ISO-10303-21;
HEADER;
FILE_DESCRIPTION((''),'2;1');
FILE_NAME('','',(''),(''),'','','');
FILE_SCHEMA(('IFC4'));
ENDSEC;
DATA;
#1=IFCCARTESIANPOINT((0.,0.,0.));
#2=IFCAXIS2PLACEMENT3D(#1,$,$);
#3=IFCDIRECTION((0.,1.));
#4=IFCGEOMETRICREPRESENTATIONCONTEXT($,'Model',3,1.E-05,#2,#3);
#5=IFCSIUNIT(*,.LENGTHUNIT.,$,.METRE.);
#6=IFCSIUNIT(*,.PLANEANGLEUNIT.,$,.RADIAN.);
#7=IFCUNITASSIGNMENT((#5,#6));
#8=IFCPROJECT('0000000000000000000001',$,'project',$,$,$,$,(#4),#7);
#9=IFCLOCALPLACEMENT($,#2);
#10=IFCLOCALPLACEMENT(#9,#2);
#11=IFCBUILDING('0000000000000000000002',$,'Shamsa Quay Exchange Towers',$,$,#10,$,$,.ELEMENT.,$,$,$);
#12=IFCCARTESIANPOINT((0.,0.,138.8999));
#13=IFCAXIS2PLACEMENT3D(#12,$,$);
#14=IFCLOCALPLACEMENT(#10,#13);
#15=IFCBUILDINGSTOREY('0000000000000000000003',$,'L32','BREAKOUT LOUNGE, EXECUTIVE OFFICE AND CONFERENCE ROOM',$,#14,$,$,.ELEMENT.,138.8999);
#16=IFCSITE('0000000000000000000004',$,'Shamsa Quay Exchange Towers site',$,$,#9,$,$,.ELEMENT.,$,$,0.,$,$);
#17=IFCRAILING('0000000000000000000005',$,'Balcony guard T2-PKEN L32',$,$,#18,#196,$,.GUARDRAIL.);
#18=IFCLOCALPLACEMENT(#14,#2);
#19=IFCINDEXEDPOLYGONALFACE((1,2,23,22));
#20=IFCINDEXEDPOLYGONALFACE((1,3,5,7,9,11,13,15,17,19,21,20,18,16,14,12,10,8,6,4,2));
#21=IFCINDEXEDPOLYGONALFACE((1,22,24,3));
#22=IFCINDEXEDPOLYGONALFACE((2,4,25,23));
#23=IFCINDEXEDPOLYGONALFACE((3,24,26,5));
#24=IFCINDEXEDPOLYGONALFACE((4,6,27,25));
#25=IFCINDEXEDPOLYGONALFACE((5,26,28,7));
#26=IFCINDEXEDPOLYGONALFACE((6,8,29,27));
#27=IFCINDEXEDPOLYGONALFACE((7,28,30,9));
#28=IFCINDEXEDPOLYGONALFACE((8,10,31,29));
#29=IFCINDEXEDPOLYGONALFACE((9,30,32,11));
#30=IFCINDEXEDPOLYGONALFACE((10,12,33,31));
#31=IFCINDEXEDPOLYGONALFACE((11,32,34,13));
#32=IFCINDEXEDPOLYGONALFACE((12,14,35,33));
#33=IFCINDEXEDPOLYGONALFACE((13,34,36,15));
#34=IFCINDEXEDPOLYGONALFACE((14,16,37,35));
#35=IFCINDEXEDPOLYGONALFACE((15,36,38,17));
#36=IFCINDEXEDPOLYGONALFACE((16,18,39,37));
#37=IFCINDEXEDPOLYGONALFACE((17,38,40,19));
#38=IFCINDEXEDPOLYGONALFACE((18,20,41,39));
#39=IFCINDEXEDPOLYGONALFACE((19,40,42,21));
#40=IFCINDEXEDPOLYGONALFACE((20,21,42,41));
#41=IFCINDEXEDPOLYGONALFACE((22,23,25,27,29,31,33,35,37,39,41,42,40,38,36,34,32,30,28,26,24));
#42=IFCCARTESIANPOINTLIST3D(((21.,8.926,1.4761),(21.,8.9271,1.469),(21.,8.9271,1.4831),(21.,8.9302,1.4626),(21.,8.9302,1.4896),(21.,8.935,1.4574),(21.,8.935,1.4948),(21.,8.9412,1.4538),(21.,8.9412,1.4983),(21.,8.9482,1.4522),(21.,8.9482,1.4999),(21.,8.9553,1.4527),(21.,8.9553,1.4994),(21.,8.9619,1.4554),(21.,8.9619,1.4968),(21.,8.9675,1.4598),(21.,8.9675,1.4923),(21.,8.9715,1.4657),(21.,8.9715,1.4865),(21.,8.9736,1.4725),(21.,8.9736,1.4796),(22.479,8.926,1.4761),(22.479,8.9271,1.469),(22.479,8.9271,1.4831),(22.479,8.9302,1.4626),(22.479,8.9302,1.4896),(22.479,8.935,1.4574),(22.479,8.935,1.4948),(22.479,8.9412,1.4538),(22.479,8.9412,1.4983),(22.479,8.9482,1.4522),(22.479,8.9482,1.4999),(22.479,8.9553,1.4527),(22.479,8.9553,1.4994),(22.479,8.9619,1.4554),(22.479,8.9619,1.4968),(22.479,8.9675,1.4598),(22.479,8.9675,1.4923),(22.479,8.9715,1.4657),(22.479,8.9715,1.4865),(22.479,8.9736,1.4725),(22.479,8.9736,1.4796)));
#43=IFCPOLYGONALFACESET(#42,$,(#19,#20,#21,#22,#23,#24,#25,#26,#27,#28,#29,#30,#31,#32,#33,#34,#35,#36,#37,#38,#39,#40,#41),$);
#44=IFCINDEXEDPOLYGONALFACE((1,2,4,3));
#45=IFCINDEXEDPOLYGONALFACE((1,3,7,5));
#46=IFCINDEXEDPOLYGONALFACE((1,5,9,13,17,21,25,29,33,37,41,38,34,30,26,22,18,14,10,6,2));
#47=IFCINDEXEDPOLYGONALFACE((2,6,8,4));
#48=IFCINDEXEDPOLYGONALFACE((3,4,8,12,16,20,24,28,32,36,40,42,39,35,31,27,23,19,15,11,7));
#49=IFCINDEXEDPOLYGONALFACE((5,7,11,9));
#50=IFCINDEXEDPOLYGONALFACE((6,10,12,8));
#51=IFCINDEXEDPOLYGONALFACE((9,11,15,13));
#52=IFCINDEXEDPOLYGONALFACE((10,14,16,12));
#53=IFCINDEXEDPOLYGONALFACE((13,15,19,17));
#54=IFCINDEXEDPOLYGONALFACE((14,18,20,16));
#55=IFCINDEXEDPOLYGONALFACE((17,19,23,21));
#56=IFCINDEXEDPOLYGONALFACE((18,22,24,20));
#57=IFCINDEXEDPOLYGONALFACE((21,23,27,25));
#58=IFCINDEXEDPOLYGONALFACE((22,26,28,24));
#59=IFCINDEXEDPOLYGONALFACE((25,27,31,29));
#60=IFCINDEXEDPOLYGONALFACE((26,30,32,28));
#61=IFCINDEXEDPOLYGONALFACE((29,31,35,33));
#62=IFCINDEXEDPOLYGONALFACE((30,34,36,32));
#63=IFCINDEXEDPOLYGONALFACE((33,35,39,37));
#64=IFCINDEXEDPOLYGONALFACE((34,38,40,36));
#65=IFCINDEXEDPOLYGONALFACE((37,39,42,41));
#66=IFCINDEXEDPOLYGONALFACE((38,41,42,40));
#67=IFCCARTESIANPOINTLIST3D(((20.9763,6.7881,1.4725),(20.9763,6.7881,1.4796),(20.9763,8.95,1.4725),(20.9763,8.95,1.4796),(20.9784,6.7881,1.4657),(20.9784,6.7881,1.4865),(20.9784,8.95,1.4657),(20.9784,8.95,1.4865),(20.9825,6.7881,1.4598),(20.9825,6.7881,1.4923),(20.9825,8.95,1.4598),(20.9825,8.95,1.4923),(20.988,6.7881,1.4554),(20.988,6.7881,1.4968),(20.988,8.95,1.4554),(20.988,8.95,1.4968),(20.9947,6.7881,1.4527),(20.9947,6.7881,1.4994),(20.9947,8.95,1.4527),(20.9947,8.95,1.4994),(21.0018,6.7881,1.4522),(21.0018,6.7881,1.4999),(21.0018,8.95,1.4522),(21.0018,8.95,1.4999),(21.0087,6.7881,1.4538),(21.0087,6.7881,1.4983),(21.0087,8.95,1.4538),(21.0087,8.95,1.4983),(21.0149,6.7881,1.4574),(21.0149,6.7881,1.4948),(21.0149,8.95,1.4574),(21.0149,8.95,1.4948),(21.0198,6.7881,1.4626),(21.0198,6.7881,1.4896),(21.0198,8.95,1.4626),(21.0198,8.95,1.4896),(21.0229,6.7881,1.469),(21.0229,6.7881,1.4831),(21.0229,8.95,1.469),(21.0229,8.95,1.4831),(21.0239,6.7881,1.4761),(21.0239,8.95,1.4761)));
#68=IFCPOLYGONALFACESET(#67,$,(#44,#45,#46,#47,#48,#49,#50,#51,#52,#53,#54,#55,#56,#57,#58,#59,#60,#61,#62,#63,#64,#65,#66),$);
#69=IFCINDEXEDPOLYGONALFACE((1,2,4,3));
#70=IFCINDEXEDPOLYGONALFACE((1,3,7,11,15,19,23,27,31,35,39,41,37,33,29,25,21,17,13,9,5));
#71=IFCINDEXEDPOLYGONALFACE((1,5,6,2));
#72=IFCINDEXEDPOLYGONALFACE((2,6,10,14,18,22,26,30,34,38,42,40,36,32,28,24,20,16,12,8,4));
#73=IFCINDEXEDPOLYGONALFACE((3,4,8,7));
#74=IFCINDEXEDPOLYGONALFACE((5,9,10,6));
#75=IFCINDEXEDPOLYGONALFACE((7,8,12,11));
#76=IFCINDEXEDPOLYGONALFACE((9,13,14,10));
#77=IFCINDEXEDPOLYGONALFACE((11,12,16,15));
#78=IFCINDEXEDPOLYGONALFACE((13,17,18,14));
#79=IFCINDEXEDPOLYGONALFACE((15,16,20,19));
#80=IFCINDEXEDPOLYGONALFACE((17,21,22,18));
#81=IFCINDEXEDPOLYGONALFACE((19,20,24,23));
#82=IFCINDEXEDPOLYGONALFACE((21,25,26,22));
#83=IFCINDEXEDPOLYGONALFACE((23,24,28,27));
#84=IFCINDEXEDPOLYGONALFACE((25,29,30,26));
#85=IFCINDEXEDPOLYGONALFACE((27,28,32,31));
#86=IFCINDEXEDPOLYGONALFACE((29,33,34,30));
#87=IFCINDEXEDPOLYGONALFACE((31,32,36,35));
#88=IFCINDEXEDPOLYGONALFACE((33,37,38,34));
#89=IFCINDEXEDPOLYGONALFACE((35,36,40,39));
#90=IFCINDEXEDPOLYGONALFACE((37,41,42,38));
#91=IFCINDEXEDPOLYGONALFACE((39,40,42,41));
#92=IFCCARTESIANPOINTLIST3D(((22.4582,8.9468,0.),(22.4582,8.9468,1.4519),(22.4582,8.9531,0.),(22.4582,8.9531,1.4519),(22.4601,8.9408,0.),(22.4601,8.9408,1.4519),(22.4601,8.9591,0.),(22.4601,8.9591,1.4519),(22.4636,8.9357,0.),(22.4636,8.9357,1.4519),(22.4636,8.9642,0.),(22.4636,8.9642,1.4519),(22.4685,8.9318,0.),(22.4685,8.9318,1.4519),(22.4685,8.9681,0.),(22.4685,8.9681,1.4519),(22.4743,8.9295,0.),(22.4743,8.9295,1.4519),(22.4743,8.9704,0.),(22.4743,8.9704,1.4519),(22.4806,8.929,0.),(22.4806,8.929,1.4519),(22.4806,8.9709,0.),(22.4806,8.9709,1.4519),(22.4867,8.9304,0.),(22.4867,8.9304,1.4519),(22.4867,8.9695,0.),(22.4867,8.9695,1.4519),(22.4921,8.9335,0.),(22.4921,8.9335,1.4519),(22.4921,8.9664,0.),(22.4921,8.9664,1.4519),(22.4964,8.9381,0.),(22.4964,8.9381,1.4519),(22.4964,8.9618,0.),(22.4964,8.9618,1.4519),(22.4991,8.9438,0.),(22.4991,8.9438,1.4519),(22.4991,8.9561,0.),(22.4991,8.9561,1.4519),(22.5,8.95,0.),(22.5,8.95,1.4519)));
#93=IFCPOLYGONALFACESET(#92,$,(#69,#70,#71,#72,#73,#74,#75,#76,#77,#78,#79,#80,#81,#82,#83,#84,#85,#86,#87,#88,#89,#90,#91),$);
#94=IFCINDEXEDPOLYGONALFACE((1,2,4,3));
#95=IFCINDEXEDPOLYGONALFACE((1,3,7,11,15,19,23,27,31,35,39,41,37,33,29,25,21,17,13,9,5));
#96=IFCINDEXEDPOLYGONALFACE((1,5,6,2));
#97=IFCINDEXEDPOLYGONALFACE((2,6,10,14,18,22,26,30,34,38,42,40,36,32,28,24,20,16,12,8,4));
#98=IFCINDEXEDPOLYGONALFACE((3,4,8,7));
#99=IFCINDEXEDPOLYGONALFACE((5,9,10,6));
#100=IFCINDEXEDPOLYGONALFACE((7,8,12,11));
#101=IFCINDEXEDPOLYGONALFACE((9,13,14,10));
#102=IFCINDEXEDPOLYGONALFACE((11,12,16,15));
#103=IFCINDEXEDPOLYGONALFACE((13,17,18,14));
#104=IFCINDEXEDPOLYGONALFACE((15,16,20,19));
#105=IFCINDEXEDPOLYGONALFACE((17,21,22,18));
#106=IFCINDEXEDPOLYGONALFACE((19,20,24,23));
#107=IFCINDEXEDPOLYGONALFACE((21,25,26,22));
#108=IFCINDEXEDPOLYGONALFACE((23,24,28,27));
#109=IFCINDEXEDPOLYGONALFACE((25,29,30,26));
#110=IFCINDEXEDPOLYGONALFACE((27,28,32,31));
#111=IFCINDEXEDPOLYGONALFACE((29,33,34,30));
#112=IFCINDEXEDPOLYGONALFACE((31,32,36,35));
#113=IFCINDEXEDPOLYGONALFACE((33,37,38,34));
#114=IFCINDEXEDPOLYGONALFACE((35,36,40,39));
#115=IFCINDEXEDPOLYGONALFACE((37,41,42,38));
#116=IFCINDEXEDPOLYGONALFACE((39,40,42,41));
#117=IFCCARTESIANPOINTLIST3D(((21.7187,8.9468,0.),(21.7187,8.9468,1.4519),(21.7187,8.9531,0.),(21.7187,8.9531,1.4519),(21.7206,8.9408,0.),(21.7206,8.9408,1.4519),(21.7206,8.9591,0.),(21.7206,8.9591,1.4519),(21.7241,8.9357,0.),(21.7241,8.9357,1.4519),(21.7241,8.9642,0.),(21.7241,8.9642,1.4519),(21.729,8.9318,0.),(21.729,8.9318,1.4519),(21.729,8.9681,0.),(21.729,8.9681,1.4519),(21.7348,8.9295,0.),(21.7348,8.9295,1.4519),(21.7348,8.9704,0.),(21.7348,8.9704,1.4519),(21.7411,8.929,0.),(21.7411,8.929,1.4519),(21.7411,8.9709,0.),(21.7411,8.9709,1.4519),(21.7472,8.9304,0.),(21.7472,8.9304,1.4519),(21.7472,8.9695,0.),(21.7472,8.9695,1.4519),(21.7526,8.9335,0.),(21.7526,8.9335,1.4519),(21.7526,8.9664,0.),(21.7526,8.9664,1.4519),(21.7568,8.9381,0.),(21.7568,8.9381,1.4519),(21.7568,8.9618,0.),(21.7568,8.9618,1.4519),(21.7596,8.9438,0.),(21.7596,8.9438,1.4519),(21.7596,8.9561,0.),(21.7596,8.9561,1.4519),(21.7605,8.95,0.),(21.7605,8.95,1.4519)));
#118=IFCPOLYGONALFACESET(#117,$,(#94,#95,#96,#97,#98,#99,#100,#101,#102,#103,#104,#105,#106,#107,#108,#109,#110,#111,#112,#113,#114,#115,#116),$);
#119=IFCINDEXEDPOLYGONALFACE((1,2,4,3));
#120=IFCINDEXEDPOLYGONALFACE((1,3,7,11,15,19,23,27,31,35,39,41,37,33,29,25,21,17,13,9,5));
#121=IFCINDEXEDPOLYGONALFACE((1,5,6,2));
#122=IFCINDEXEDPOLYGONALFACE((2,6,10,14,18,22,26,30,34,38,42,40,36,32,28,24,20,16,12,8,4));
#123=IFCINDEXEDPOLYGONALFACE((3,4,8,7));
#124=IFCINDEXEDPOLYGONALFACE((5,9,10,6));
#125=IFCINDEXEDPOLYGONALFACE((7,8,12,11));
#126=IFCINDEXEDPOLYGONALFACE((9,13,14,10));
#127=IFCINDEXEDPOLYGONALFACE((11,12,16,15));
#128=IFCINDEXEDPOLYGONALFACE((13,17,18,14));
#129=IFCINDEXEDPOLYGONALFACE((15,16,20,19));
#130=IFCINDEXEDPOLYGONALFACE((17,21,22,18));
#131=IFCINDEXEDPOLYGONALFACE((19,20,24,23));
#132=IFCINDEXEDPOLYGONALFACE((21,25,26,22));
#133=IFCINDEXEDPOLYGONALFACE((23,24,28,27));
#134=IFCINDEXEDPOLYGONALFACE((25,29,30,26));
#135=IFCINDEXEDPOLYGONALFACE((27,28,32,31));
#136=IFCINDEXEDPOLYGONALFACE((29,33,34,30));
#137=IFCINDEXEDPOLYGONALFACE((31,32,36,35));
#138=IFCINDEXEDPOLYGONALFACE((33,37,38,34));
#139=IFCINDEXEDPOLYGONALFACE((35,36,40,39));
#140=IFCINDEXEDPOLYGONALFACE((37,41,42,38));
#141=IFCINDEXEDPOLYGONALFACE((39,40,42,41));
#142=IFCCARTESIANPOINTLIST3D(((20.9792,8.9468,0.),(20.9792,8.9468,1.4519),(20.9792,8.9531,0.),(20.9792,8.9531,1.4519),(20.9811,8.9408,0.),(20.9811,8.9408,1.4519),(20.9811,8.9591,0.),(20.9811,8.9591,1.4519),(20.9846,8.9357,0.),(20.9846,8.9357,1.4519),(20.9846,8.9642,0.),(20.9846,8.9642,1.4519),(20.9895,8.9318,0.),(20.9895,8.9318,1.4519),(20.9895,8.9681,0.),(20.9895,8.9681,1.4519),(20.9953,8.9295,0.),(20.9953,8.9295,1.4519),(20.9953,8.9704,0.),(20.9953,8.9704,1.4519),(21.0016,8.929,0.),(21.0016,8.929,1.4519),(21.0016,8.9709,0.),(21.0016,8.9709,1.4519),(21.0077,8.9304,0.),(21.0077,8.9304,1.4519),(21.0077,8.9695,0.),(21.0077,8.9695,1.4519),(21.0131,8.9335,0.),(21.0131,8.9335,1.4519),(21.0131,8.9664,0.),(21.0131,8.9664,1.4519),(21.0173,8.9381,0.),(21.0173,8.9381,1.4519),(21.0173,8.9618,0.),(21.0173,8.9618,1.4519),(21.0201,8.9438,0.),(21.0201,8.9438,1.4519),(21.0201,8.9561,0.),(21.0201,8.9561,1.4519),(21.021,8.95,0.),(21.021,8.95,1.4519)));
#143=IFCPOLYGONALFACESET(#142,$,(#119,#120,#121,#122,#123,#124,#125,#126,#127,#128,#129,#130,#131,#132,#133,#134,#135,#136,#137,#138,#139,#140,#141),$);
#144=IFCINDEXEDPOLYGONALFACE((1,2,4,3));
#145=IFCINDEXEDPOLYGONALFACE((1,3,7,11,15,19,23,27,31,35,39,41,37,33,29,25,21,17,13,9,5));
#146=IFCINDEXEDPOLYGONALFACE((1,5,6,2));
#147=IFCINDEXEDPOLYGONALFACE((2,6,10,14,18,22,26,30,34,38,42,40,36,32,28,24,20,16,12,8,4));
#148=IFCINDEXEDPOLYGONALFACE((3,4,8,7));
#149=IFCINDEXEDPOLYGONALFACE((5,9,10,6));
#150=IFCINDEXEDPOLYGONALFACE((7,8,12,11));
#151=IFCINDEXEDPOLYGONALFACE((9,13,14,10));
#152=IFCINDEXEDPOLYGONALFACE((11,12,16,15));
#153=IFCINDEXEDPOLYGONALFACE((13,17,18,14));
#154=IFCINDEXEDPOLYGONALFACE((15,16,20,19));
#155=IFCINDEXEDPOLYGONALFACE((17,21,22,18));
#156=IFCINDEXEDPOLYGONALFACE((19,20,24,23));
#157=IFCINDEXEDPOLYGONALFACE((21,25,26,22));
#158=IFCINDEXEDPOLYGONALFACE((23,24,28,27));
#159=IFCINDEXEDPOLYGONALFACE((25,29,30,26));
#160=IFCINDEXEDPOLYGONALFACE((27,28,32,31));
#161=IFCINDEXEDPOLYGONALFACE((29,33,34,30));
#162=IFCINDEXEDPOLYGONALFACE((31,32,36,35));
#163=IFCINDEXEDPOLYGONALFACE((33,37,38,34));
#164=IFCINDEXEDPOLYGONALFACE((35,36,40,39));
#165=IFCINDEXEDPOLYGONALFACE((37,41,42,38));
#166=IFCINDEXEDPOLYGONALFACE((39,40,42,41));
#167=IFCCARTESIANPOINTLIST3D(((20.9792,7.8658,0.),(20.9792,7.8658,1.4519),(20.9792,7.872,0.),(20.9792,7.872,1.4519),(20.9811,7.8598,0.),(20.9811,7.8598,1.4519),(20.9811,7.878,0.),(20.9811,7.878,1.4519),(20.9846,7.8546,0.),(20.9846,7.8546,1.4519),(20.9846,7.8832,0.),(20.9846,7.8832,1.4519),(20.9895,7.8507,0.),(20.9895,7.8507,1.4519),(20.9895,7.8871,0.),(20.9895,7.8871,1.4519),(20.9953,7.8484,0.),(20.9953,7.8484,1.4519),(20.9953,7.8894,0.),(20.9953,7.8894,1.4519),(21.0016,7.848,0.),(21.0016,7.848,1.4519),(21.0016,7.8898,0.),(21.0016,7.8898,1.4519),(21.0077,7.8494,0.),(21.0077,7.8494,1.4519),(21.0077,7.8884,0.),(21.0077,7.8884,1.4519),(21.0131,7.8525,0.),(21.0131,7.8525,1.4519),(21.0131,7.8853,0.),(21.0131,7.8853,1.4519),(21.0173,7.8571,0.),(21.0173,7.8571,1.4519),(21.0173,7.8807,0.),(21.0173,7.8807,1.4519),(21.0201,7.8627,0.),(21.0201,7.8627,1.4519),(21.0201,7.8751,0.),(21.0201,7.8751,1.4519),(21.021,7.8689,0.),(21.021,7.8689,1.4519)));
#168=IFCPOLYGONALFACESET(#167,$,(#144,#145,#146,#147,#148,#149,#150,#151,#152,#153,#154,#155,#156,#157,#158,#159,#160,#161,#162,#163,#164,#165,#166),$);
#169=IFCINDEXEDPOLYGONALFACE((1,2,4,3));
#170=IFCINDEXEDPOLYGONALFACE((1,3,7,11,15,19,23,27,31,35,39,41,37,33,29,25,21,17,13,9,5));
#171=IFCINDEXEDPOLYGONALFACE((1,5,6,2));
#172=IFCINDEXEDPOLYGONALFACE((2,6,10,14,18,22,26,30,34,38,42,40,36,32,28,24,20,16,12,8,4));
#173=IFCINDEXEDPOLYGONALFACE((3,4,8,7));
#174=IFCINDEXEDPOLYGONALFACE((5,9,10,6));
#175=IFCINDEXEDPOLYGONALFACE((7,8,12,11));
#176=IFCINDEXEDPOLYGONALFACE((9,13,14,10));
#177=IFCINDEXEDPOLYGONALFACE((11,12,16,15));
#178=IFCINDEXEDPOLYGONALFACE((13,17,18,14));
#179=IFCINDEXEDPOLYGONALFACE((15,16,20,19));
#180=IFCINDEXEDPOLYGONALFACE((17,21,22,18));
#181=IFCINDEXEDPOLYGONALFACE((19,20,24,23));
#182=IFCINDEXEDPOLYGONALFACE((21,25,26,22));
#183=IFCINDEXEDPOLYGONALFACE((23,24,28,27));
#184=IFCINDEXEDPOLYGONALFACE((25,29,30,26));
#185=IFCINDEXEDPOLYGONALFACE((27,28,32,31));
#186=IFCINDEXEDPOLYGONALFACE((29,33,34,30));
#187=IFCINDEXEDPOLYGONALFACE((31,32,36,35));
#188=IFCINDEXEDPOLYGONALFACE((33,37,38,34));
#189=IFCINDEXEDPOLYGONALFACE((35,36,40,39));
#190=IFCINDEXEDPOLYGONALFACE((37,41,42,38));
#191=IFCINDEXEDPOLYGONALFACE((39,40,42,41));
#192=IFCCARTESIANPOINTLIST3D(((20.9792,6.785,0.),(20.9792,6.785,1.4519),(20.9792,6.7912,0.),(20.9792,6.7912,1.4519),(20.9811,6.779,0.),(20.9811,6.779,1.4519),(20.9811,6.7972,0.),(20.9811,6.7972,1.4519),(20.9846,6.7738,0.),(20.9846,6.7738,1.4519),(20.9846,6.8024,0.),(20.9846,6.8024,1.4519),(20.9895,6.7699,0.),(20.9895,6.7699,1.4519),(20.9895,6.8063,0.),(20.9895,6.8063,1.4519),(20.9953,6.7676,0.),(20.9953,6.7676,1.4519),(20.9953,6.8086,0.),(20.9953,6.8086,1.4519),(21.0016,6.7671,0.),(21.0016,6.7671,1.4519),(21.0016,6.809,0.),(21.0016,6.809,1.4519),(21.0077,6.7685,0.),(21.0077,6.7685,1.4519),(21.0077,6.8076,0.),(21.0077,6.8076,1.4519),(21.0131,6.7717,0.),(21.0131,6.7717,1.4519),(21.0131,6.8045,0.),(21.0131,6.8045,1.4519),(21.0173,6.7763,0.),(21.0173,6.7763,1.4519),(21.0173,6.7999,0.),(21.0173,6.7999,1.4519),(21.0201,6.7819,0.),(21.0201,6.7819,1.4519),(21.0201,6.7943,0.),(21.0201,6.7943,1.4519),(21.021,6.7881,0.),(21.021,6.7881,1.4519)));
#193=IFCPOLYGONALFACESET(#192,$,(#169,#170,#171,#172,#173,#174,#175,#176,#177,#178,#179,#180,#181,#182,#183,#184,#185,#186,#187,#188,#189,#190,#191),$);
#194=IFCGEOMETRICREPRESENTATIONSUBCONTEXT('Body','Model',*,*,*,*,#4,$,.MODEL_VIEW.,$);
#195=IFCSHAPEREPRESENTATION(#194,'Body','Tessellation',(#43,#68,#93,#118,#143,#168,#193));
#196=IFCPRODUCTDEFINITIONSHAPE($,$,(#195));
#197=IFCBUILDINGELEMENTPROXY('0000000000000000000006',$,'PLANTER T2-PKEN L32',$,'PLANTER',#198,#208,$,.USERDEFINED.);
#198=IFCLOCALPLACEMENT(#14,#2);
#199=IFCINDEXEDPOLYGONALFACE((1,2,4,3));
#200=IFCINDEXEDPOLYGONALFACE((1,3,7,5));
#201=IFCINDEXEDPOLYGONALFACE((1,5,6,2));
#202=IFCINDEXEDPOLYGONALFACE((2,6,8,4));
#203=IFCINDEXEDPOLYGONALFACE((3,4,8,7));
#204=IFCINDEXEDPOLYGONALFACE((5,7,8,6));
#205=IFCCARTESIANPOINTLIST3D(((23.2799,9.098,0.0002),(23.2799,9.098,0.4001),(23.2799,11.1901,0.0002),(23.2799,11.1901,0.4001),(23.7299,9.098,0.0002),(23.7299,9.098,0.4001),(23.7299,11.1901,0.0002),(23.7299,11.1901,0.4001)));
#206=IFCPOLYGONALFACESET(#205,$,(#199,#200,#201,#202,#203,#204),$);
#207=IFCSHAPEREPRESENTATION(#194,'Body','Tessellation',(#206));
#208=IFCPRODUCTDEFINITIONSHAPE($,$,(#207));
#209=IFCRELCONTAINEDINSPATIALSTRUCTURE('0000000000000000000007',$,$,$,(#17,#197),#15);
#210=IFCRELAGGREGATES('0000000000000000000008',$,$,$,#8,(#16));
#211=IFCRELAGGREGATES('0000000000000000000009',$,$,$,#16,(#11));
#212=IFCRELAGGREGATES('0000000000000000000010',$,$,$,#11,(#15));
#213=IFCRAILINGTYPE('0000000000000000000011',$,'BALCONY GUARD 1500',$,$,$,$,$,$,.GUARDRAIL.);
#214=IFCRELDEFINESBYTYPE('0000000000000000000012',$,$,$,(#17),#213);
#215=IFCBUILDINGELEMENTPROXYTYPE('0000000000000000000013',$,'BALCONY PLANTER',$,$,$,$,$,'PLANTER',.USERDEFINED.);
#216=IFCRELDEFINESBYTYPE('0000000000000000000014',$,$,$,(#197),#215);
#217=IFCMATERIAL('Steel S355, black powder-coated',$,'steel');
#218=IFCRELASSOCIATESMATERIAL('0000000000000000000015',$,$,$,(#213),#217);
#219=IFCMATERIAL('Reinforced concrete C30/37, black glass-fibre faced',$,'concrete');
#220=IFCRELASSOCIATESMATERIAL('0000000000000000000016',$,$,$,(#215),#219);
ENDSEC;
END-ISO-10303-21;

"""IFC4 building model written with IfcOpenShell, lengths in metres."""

from ifc_helpers import new_model, si_unit, direction, frame, origin, origin_2d, place, context, subcontext, project, spatial, rectangle, circle, extrude, material, type_object, element, save


model = new_model("IFC4")

# Units and contexts
model_context = context("Model", 3, precision=1e-05, world=origin(), true_north=direction((0.0, 1.0)))
body_context = subcontext(model_context, "Body", "Model", "MODEL_VIEW")
ifc_project = project(units=[si_unit("LENGTHUNIT", "METRE"), si_unit("PLANEANGLEUNIT", "RADIAN")], contexts=[model_context])

# Site, building, storey
site_placement = place(None, origin())
site = spatial("IfcSite", under=ifc_project, at=site_placement, Name="Shamsa Quay Exchange Towers site", CompositionType="ELEMENT", RefElevation=0.0)
building_placement = place(site_placement, origin())
building = spatial("IfcBuilding", under=site, at=building_placement, Name="Shamsa Quay Exchange Towers", CompositionType="ELEMENT")
storey_placement = place(building_placement, frame((0.0, 0.0, 138.8999)))
storey = spatial("IfcBuildingStorey", under=building, at=storey_placement, Name="L32", Description="BREAKOUT LOUNGE, EXECUTIVE OFFICE AND CONFERENCE ROOM", CompositionType="ELEMENT", Elevation=138.8999)

# Railing
ifc_material_1 = material(Name="Steel S355, black powder-coated", Category="steel")
railing_type = type_object("IfcRailingType", Name="BALCONY GUARD 1500", PredefinedType="GUARDRAIL", material=ifc_material_1)
railing_placement = place(storey_placement, frame((22.479, 8.95, 0.0)))
element("IfcRailing", 1, at=railing_placement, inside=storey, type_object=railing_type, Name="Balcony guard T2-PKEN L32", PredefinedType="GUARDRAIL", context=body_context, shape_type="SweptSolid", body=[
    extrude(circle(Radius=0.0239, at=origin_2d()), frame((0.0, 0.0, 1.4761), z_axis=(-1.0, 0.0, 0.0), x_axis=(0.0, -1.0, 0.0)), (0.0, 0.0, 1.0), 1.479),
    extrude(circle(Radius=0.0239, at=origin_2d()), frame((-1.479, 0.0, 1.4761), z_axis=(0.0, -1.0, 0.0), x_axis=(1.0, 0.0, 0.0)), (0.0, 0.0, 1.0), 2.1619),
    extrude(circle(Radius=0.021, at=origin_2d()), origin(), (0.0, 0.0, 1.0), 1.4519),
    extrude(circle(Radius=0.021, at=origin_2d()), frame((-0.7395, 0.0, 0.0)), (0.0, 0.0, 1.0), 1.4519),
    extrude(circle(Radius=0.021, at=origin_2d()), frame((-1.479, 0.0, 0.0)), (0.0, 0.0, 1.0), 1.4519),
    extrude(circle(Radius=0.021, at=origin_2d()), frame((-1.479, -1.0811, 0.0)), (0.0, 0.0, 1.0), 1.4519),
    extrude(circle(Radius=0.021, at=origin_2d()), frame((-1.479, -2.1619, 0.0)), (0.0, 0.0, 1.0), 1.4519),
])

# Building element proxy
ifc_material_2 = material(Name="Reinforced concrete C30/37, black glass-fibre faced", Category="concrete")
building_element_proxy_type = type_object("IfcBuildingElementProxyType", Name="BALCONY PLANTER", ElementType="PLANTER", PredefinedType="USERDEFINED", material=ifc_material_2)
for number, where, z_axis, x_axis, name in (
    (2, (23.5049, 10.144, 0.0002), (0.0, 0.0, 1.0), (0.0, -1.0, 0.0), "PLANTER T2-PKEN L32"),
):
    element("IfcBuildingElementProxy", number, at=place(storey_placement, frame(where, z_axis=z_axis, x_axis=x_axis)), inside=storey, type_object=building_element_proxy_type, Name=name, ObjectType="PLANTER", PredefinedType="USERDEFINED", context=body_context, shape_type="SweptSolid", body=[
        extrude(rectangle(XDim=2.092, YDim=0.45, at=origin_2d()), origin(), (0.0, 0.0, 1.0), 0.3999),
    ])

save(model, "model.ifc")
